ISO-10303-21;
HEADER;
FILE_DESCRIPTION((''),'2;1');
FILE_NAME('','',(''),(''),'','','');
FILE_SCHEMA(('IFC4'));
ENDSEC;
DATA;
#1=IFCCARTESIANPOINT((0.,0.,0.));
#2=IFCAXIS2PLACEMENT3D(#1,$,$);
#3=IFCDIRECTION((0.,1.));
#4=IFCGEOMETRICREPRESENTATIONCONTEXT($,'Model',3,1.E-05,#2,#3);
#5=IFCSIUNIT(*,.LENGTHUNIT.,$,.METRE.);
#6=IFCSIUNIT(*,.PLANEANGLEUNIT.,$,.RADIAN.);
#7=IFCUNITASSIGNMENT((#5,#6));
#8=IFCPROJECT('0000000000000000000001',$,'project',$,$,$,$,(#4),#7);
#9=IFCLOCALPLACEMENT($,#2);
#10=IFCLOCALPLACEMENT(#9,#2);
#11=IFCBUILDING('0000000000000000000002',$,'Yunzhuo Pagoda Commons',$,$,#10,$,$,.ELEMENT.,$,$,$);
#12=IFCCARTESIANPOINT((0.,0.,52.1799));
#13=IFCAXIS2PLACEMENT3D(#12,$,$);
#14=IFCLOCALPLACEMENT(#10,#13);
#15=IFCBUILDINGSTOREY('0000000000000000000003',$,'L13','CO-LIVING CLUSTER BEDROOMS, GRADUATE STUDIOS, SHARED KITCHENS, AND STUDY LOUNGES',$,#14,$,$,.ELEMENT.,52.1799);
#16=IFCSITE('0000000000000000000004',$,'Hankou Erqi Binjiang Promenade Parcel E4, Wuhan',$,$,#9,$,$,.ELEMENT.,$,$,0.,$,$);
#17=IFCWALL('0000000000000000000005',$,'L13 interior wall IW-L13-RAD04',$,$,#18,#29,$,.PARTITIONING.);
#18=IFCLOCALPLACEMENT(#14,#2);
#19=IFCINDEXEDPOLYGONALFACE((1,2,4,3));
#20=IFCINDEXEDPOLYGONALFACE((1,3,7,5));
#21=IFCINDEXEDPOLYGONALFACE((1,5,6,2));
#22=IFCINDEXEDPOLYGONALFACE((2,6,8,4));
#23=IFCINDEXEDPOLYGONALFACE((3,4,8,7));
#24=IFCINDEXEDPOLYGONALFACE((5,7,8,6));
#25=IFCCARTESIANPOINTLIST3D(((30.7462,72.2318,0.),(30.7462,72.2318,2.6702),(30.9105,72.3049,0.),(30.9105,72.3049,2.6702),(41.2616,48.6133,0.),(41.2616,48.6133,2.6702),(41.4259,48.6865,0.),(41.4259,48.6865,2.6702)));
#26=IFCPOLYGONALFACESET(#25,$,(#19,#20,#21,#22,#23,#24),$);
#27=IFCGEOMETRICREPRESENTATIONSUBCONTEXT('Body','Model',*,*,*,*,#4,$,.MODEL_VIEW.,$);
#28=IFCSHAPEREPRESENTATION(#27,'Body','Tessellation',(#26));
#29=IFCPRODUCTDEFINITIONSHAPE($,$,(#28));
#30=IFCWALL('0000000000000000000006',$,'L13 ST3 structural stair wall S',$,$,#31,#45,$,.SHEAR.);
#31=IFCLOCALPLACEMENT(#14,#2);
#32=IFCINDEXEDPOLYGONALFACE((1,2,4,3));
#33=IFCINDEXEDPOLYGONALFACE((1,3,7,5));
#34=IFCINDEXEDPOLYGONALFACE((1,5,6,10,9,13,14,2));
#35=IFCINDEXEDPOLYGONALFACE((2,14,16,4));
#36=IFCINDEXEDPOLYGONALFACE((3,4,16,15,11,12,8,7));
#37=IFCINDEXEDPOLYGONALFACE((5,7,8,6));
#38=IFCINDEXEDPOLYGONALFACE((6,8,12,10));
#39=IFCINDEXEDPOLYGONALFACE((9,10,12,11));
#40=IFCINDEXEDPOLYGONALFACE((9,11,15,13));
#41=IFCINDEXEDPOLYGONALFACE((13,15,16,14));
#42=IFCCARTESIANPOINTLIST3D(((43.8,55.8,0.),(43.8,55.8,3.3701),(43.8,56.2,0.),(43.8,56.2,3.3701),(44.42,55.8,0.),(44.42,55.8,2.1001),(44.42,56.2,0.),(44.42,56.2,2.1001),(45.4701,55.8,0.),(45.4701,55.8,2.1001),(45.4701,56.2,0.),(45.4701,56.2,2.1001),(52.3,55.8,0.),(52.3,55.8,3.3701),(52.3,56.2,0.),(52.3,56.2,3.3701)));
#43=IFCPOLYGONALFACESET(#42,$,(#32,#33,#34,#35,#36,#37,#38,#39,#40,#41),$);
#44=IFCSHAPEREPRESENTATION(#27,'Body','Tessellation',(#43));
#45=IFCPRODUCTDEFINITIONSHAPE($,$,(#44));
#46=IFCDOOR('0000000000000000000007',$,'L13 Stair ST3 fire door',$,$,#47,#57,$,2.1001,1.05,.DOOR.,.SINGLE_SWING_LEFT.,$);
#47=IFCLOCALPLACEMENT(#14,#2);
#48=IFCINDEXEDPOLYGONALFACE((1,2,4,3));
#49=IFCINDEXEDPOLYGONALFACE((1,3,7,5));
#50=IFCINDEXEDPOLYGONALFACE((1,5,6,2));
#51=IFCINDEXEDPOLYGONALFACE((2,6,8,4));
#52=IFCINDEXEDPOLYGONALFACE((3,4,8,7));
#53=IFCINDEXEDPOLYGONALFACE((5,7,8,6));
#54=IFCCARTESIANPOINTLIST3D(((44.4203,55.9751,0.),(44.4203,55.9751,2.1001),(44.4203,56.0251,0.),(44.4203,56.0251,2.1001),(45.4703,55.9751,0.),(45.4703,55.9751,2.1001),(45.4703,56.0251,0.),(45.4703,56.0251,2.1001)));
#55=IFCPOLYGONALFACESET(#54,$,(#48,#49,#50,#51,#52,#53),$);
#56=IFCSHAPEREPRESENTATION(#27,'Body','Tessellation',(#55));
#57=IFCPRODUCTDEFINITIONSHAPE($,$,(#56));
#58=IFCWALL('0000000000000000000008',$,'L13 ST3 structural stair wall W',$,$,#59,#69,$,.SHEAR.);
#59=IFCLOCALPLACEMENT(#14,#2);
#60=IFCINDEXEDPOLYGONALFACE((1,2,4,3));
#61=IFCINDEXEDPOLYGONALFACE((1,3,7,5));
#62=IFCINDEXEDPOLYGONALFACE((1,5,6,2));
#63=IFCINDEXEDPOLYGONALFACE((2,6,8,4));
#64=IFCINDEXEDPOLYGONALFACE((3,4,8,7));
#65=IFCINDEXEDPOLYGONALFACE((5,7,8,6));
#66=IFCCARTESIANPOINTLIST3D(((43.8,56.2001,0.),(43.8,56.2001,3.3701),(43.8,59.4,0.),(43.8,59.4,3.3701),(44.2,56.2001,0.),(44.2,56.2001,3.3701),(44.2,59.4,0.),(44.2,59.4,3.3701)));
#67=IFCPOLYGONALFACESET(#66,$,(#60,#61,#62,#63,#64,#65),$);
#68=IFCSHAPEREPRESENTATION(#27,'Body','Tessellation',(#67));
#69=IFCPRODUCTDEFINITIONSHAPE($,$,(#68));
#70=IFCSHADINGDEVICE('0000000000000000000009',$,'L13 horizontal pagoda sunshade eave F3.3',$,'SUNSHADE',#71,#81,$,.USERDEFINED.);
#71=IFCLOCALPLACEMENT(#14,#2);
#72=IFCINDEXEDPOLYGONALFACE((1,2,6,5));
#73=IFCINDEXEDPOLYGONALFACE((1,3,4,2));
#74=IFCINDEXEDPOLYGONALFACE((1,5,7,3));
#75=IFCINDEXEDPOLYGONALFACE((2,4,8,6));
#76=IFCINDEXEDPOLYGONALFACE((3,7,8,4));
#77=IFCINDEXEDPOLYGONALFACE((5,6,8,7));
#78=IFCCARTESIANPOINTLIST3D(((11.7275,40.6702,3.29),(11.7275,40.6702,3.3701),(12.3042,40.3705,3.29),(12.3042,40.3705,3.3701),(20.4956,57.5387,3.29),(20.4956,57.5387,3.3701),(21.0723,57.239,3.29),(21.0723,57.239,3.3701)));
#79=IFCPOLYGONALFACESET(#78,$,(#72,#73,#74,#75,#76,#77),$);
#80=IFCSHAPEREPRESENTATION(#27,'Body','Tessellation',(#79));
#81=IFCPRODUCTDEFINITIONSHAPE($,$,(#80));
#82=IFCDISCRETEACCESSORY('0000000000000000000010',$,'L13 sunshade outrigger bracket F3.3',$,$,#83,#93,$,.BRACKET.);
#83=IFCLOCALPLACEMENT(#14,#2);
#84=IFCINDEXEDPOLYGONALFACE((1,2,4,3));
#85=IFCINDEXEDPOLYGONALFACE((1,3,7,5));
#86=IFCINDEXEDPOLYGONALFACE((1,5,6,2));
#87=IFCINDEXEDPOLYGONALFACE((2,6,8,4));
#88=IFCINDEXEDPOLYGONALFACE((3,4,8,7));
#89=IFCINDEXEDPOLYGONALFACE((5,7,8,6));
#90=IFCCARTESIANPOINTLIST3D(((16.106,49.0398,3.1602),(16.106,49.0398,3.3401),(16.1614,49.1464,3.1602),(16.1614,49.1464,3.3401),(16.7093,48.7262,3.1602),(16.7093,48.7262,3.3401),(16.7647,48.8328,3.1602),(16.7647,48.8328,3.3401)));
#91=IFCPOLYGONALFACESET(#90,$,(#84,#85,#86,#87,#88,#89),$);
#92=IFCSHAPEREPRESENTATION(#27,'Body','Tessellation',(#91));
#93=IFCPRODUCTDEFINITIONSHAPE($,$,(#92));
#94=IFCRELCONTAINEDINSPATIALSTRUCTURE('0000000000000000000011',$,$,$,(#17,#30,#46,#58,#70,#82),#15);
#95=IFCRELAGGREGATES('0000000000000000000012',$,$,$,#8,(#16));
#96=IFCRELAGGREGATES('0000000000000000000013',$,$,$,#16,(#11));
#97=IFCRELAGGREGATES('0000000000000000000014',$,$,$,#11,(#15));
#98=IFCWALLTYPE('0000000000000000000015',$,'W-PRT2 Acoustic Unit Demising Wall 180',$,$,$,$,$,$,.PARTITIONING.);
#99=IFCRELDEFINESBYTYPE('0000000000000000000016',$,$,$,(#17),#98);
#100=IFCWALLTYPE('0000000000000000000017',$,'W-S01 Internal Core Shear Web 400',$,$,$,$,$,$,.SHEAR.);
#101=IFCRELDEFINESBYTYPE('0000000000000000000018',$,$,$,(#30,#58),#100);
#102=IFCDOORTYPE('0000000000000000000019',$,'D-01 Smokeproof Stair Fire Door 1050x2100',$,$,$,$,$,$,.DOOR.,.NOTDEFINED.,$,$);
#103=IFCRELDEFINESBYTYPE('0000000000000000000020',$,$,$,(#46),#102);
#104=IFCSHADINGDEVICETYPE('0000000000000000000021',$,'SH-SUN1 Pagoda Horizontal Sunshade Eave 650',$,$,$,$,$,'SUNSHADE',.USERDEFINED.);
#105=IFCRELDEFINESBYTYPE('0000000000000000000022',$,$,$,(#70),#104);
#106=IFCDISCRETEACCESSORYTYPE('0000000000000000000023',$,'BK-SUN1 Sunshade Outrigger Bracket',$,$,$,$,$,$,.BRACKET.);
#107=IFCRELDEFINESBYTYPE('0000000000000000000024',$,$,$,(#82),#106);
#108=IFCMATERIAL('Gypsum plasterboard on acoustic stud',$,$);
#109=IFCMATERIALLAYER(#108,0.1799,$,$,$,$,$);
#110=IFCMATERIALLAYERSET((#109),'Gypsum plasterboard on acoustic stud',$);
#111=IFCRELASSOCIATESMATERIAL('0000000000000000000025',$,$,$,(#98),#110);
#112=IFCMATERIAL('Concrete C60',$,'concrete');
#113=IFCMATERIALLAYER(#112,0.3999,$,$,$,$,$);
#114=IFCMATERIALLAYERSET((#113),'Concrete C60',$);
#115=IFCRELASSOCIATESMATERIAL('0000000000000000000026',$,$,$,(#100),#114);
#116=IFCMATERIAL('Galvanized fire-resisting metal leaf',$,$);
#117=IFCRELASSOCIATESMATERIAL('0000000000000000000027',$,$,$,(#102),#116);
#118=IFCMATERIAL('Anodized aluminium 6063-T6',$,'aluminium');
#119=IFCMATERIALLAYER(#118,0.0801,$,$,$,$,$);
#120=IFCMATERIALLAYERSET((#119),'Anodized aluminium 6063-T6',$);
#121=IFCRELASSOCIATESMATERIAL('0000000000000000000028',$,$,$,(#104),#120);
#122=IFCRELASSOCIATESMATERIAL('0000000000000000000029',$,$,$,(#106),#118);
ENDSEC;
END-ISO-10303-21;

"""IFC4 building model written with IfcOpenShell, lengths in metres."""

from ifc_helpers import new_model, si_unit, direction, frame, frame_2d, origin, origin_2d, place, context, subcontext, project, spatial, rectangle, extrude, source, transform, mapped, material, layer, layer_set, type_object, element, fill, save


model = new_model("IFC4")

# Units and contexts
model_context = context("Model", 3, precision=1e-05, world=origin(), true_north=direction((0.0, 1.0)))
body_context = subcontext(model_context, "Body", "Model", "MODEL_VIEW")
ifc_project = project(units=[si_unit("LENGTHUNIT", "METRE"), si_unit("PLANEANGLEUNIT", "RADIAN")], contexts=[model_context])

# Site, building, storey
site_placement = place(None, origin())
site = spatial("IfcSite", under=ifc_project, at=site_placement, Name="Hankou Erqi Binjiang Promenade Parcel E4, Wuhan", CompositionType="ELEMENT", RefElevation=0.0)
building_placement = place(site_placement, origin())
building = spatial("IfcBuilding", under=site, at=building_placement, Name="Yunzhuo Pagoda Commons", CompositionType="ELEMENT")
storey_placement = place(building_placement, frame((0.0, 0.0, 52.1799)))
storey = spatial("IfcBuildingStorey", under=building, at=storey_placement, Name="L13", Description="CO-LIVING CLUSTER BEDROOMS, GRADUATE STUDIOS, SHARED KITCHENS, AND STUDY LOUNGES", CompositionType="ELEMENT", Elevation=52.1799)

# Shared definitions
ifc_material_1 = material(Name="Anodized aluminium 6063-T6", Category="aluminium")

# Shared definitions
ifc_material_2 = material(Name="Gypsum plasterboard on acoustic stud")
ifc_material_3 = material(Name="Galvanized fire-resisting metal leaf")

# Wall
ifc_layer_1 = layer(ifc_material_2, 0.1799)
ifc_layer_set_1 = layer_set([ifc_layer_1], Name="Gypsum plasterboard on acoustic stud")
wall_type_1 = type_object("IfcWallType", Name="W-PRT2 Acoustic Unit Demising Wall 180", PredefinedType="PARTITIONING", material=ifc_layer_set_1)
wall_1_placement = place(storey_placement, frame((41.3438, 48.6499, 0.0), z_axis=(0.0, 0.0, 1.0), x_axis=(-0.40673, 0.913549, 0.0)))
element("IfcWall", 1, at=wall_1_placement, inside=storey, type_object=wall_type_1, Name="L13 interior wall IW-L13-RAD04", PredefinedType="PARTITIONING", context=body_context, shape_type="SweptSolid", body=[
    extrude(rectangle(XDim=25.8535, YDim=0.1799, at=frame_2d((12.9268, 0.0))), origin(), (0.0, 0.0, 1.0), 2.6702),
])

# Wall, opening, door
ifc_material_4 = material(Name="Concrete C60", Category="concrete")
ifc_layer_2 = layer(ifc_material_4, 0.3999)
ifc_layer_set_2 = layer_set([ifc_layer_2], Name="Concrete C60")
wall_type_2 = type_object("IfcWallType", Name="W-S01 Internal Core Shear Web 400", PredefinedType="SHEAR", material=ifc_layer_set_2)
wall_2_placement = place(storey_placement, frame((43.8, 56.0, 0.0), z_axis=(0.0, 0.0, 1.0), x_axis=(1.0, 0.0, 0.0)))
wall_2 = element("IfcWall", 2, at=wall_2_placement, inside=storey, type_object=wall_type_2, Name="L13 ST3 structural stair wall S", PredefinedType="SHEAR", context=body_context, shape_type="SweptSolid", body=[
    extrude(rectangle(XDim=8.5, YDim=0.3999, at=frame_2d((4.25, 0.0))), origin(), (0.0, 0.0, 1.0), 3.3701),
])
opening_1_placement = place(wall_2_placement, frame((0.6201, 0.0, 0.0)))
opening_1 = element("IfcOpeningElement", 3, at=opening_1_placement, cuts=wall_2, PredefinedType="OPENING", context=body_context, shape_type="SweptSolid", body=[
    extrude(rectangle(XDim=1.05, YDim=2.1001, at=frame_2d((0.5249, 1.05))), frame((0.0, 0.21, 0.0), z_axis=(0.0, -1.0, 0.0), x_axis=(1.0, 0.0, 0.0)), (0.0, 0.0, 1.0), 0.4199),
])
door_type_1 = type_object("IfcDoorType", Name="D-01 Smokeproof Stair Fire Door 1050x2100", OperationType="NOTDEFINED", PredefinedType="DOOR", material=ifc_material_3)
shared_shape_1 = source(origin(), body_context, "Body", "SweptSolid", [
    extrude(rectangle(XDim=1.05, YDim=2.1001, at=frame_2d((0.5249, 1.05))), frame((0.0, 0.0249, 0.0), z_axis=(0.0, -1.0, 0.0), x_axis=(1.0, 0.0, 0.0)), (0.0, 0.0, 1.0), 0.05),
])
door_1_placement = place(opening_1_placement, frame((1.05, 0.0, 0.0), z_axis=(0.0, 0.0, 1.0), x_axis=(-1.0, 0.0, 0.0)))
door_1 = element("IfcDoor", 4, at=door_1_placement, inside=storey, type_object=door_type_1, Name="L13 Stair ST3 fire door", OperationType="SINGLE_SWING_LEFT", OverallHeight=2.1001, OverallWidth=1.05, PredefinedType="DOOR", context=body_context, shape_type="MappedRepresentation", body=[
    mapped(shared_shape_1, transform((0.0, 0.0, 0.0), scale=1.0)),
])
fill(opening_1, door_1)

# Wall
wall_3_placement = place(storey_placement, frame((44.0, 56.2, 0.0), z_axis=(0.0, 0.0, 1.0), x_axis=(0.0, 1.0, 0.0)))
element("IfcWall", 5, at=wall_3_placement, inside=storey, type_object=wall_type_2, Name="L13 ST3 structural stair wall W", PredefinedType="SHEAR", context=body_context, shape_type="SweptSolid", body=[
    extrude(rectangle(XDim=3.2, YDim=0.3999, at=frame_2d((1.6001, 0.0))), origin(), (0.0, 0.0, 1.0), 3.3701),
])

# Shading device
ifc_layer_3 = layer(ifc_material_1, 0.0801)
ifc_layer_set_3 = layer_set([ifc_layer_3], Name="Anodized aluminium 6063-T6")
shading_device_type = type_object("IfcShadingDeviceType", Name="SH-SUN1 Pagoda Horizontal Sunshade Eave 650", ElementType="SUNSHADE", PredefinedType="USERDEFINED", material=ifc_layer_set_3)
shared_shape_2 = source(origin(), body_context, "Body", "SweptSolid", [
    extrude(rectangle(XDim=19.0112, YDim=0.6499, at=origin_2d()), origin(), (0.0, 0.0, 1.0), 0.0801),
])
shading_device_placement = place(storey_placement, frame((16.3999, 48.9546, 3.29), z_axis=(0.0, 0.0, 1.0), x_axis=(-0.461207, -0.887293, 0.0)))
element("IfcShadingDevice", 6, at=shading_device_placement, inside=storey, type_object=shading_device_type, Name="L13 horizontal pagoda sunshade eave F3.3", ObjectType="SUNSHADE", PredefinedType="USERDEFINED", context=body_context, shape_type="MappedRepresentation", body=[
    mapped(shared_shape_2, transform((0.0, 0.0, 0.0), scale=1.0)),
])

# Discrete accessory
discrete_accessory_type = type_object("IfcDiscreteAccessoryType", Name="BK-SUN1 Sunshade Outrigger Bracket", PredefinedType="BRACKET", material=ifc_material_1)
shared_shape_3 = source(origin(), body_context, "Body", "SweptSolid", [
    extrude(rectangle(XDim=0.1201, YDim=0.6799, at=origin_2d()), origin(), (0.0, 0.0, 1.0), 0.1799),
])
discrete_accessory_placement = place(storey_placement, frame((16.4353, 48.9363, 3.1602), z_axis=(0.0, 0.0, 1.0), x_axis=(-0.461207, -0.887293, 0.0)))
element("IfcDiscreteAccessory", 7, at=discrete_accessory_placement, inside=storey, type_object=discrete_accessory_type, Name="L13 sunshade outrigger bracket F3.3", PredefinedType="BRACKET", context=body_context, shape_type="MappedRepresentation", body=[
    mapped(shared_shape_3, transform((0.0, 0.0, 0.0), scale=1.0)),
])

save(model, "model.ifc")
